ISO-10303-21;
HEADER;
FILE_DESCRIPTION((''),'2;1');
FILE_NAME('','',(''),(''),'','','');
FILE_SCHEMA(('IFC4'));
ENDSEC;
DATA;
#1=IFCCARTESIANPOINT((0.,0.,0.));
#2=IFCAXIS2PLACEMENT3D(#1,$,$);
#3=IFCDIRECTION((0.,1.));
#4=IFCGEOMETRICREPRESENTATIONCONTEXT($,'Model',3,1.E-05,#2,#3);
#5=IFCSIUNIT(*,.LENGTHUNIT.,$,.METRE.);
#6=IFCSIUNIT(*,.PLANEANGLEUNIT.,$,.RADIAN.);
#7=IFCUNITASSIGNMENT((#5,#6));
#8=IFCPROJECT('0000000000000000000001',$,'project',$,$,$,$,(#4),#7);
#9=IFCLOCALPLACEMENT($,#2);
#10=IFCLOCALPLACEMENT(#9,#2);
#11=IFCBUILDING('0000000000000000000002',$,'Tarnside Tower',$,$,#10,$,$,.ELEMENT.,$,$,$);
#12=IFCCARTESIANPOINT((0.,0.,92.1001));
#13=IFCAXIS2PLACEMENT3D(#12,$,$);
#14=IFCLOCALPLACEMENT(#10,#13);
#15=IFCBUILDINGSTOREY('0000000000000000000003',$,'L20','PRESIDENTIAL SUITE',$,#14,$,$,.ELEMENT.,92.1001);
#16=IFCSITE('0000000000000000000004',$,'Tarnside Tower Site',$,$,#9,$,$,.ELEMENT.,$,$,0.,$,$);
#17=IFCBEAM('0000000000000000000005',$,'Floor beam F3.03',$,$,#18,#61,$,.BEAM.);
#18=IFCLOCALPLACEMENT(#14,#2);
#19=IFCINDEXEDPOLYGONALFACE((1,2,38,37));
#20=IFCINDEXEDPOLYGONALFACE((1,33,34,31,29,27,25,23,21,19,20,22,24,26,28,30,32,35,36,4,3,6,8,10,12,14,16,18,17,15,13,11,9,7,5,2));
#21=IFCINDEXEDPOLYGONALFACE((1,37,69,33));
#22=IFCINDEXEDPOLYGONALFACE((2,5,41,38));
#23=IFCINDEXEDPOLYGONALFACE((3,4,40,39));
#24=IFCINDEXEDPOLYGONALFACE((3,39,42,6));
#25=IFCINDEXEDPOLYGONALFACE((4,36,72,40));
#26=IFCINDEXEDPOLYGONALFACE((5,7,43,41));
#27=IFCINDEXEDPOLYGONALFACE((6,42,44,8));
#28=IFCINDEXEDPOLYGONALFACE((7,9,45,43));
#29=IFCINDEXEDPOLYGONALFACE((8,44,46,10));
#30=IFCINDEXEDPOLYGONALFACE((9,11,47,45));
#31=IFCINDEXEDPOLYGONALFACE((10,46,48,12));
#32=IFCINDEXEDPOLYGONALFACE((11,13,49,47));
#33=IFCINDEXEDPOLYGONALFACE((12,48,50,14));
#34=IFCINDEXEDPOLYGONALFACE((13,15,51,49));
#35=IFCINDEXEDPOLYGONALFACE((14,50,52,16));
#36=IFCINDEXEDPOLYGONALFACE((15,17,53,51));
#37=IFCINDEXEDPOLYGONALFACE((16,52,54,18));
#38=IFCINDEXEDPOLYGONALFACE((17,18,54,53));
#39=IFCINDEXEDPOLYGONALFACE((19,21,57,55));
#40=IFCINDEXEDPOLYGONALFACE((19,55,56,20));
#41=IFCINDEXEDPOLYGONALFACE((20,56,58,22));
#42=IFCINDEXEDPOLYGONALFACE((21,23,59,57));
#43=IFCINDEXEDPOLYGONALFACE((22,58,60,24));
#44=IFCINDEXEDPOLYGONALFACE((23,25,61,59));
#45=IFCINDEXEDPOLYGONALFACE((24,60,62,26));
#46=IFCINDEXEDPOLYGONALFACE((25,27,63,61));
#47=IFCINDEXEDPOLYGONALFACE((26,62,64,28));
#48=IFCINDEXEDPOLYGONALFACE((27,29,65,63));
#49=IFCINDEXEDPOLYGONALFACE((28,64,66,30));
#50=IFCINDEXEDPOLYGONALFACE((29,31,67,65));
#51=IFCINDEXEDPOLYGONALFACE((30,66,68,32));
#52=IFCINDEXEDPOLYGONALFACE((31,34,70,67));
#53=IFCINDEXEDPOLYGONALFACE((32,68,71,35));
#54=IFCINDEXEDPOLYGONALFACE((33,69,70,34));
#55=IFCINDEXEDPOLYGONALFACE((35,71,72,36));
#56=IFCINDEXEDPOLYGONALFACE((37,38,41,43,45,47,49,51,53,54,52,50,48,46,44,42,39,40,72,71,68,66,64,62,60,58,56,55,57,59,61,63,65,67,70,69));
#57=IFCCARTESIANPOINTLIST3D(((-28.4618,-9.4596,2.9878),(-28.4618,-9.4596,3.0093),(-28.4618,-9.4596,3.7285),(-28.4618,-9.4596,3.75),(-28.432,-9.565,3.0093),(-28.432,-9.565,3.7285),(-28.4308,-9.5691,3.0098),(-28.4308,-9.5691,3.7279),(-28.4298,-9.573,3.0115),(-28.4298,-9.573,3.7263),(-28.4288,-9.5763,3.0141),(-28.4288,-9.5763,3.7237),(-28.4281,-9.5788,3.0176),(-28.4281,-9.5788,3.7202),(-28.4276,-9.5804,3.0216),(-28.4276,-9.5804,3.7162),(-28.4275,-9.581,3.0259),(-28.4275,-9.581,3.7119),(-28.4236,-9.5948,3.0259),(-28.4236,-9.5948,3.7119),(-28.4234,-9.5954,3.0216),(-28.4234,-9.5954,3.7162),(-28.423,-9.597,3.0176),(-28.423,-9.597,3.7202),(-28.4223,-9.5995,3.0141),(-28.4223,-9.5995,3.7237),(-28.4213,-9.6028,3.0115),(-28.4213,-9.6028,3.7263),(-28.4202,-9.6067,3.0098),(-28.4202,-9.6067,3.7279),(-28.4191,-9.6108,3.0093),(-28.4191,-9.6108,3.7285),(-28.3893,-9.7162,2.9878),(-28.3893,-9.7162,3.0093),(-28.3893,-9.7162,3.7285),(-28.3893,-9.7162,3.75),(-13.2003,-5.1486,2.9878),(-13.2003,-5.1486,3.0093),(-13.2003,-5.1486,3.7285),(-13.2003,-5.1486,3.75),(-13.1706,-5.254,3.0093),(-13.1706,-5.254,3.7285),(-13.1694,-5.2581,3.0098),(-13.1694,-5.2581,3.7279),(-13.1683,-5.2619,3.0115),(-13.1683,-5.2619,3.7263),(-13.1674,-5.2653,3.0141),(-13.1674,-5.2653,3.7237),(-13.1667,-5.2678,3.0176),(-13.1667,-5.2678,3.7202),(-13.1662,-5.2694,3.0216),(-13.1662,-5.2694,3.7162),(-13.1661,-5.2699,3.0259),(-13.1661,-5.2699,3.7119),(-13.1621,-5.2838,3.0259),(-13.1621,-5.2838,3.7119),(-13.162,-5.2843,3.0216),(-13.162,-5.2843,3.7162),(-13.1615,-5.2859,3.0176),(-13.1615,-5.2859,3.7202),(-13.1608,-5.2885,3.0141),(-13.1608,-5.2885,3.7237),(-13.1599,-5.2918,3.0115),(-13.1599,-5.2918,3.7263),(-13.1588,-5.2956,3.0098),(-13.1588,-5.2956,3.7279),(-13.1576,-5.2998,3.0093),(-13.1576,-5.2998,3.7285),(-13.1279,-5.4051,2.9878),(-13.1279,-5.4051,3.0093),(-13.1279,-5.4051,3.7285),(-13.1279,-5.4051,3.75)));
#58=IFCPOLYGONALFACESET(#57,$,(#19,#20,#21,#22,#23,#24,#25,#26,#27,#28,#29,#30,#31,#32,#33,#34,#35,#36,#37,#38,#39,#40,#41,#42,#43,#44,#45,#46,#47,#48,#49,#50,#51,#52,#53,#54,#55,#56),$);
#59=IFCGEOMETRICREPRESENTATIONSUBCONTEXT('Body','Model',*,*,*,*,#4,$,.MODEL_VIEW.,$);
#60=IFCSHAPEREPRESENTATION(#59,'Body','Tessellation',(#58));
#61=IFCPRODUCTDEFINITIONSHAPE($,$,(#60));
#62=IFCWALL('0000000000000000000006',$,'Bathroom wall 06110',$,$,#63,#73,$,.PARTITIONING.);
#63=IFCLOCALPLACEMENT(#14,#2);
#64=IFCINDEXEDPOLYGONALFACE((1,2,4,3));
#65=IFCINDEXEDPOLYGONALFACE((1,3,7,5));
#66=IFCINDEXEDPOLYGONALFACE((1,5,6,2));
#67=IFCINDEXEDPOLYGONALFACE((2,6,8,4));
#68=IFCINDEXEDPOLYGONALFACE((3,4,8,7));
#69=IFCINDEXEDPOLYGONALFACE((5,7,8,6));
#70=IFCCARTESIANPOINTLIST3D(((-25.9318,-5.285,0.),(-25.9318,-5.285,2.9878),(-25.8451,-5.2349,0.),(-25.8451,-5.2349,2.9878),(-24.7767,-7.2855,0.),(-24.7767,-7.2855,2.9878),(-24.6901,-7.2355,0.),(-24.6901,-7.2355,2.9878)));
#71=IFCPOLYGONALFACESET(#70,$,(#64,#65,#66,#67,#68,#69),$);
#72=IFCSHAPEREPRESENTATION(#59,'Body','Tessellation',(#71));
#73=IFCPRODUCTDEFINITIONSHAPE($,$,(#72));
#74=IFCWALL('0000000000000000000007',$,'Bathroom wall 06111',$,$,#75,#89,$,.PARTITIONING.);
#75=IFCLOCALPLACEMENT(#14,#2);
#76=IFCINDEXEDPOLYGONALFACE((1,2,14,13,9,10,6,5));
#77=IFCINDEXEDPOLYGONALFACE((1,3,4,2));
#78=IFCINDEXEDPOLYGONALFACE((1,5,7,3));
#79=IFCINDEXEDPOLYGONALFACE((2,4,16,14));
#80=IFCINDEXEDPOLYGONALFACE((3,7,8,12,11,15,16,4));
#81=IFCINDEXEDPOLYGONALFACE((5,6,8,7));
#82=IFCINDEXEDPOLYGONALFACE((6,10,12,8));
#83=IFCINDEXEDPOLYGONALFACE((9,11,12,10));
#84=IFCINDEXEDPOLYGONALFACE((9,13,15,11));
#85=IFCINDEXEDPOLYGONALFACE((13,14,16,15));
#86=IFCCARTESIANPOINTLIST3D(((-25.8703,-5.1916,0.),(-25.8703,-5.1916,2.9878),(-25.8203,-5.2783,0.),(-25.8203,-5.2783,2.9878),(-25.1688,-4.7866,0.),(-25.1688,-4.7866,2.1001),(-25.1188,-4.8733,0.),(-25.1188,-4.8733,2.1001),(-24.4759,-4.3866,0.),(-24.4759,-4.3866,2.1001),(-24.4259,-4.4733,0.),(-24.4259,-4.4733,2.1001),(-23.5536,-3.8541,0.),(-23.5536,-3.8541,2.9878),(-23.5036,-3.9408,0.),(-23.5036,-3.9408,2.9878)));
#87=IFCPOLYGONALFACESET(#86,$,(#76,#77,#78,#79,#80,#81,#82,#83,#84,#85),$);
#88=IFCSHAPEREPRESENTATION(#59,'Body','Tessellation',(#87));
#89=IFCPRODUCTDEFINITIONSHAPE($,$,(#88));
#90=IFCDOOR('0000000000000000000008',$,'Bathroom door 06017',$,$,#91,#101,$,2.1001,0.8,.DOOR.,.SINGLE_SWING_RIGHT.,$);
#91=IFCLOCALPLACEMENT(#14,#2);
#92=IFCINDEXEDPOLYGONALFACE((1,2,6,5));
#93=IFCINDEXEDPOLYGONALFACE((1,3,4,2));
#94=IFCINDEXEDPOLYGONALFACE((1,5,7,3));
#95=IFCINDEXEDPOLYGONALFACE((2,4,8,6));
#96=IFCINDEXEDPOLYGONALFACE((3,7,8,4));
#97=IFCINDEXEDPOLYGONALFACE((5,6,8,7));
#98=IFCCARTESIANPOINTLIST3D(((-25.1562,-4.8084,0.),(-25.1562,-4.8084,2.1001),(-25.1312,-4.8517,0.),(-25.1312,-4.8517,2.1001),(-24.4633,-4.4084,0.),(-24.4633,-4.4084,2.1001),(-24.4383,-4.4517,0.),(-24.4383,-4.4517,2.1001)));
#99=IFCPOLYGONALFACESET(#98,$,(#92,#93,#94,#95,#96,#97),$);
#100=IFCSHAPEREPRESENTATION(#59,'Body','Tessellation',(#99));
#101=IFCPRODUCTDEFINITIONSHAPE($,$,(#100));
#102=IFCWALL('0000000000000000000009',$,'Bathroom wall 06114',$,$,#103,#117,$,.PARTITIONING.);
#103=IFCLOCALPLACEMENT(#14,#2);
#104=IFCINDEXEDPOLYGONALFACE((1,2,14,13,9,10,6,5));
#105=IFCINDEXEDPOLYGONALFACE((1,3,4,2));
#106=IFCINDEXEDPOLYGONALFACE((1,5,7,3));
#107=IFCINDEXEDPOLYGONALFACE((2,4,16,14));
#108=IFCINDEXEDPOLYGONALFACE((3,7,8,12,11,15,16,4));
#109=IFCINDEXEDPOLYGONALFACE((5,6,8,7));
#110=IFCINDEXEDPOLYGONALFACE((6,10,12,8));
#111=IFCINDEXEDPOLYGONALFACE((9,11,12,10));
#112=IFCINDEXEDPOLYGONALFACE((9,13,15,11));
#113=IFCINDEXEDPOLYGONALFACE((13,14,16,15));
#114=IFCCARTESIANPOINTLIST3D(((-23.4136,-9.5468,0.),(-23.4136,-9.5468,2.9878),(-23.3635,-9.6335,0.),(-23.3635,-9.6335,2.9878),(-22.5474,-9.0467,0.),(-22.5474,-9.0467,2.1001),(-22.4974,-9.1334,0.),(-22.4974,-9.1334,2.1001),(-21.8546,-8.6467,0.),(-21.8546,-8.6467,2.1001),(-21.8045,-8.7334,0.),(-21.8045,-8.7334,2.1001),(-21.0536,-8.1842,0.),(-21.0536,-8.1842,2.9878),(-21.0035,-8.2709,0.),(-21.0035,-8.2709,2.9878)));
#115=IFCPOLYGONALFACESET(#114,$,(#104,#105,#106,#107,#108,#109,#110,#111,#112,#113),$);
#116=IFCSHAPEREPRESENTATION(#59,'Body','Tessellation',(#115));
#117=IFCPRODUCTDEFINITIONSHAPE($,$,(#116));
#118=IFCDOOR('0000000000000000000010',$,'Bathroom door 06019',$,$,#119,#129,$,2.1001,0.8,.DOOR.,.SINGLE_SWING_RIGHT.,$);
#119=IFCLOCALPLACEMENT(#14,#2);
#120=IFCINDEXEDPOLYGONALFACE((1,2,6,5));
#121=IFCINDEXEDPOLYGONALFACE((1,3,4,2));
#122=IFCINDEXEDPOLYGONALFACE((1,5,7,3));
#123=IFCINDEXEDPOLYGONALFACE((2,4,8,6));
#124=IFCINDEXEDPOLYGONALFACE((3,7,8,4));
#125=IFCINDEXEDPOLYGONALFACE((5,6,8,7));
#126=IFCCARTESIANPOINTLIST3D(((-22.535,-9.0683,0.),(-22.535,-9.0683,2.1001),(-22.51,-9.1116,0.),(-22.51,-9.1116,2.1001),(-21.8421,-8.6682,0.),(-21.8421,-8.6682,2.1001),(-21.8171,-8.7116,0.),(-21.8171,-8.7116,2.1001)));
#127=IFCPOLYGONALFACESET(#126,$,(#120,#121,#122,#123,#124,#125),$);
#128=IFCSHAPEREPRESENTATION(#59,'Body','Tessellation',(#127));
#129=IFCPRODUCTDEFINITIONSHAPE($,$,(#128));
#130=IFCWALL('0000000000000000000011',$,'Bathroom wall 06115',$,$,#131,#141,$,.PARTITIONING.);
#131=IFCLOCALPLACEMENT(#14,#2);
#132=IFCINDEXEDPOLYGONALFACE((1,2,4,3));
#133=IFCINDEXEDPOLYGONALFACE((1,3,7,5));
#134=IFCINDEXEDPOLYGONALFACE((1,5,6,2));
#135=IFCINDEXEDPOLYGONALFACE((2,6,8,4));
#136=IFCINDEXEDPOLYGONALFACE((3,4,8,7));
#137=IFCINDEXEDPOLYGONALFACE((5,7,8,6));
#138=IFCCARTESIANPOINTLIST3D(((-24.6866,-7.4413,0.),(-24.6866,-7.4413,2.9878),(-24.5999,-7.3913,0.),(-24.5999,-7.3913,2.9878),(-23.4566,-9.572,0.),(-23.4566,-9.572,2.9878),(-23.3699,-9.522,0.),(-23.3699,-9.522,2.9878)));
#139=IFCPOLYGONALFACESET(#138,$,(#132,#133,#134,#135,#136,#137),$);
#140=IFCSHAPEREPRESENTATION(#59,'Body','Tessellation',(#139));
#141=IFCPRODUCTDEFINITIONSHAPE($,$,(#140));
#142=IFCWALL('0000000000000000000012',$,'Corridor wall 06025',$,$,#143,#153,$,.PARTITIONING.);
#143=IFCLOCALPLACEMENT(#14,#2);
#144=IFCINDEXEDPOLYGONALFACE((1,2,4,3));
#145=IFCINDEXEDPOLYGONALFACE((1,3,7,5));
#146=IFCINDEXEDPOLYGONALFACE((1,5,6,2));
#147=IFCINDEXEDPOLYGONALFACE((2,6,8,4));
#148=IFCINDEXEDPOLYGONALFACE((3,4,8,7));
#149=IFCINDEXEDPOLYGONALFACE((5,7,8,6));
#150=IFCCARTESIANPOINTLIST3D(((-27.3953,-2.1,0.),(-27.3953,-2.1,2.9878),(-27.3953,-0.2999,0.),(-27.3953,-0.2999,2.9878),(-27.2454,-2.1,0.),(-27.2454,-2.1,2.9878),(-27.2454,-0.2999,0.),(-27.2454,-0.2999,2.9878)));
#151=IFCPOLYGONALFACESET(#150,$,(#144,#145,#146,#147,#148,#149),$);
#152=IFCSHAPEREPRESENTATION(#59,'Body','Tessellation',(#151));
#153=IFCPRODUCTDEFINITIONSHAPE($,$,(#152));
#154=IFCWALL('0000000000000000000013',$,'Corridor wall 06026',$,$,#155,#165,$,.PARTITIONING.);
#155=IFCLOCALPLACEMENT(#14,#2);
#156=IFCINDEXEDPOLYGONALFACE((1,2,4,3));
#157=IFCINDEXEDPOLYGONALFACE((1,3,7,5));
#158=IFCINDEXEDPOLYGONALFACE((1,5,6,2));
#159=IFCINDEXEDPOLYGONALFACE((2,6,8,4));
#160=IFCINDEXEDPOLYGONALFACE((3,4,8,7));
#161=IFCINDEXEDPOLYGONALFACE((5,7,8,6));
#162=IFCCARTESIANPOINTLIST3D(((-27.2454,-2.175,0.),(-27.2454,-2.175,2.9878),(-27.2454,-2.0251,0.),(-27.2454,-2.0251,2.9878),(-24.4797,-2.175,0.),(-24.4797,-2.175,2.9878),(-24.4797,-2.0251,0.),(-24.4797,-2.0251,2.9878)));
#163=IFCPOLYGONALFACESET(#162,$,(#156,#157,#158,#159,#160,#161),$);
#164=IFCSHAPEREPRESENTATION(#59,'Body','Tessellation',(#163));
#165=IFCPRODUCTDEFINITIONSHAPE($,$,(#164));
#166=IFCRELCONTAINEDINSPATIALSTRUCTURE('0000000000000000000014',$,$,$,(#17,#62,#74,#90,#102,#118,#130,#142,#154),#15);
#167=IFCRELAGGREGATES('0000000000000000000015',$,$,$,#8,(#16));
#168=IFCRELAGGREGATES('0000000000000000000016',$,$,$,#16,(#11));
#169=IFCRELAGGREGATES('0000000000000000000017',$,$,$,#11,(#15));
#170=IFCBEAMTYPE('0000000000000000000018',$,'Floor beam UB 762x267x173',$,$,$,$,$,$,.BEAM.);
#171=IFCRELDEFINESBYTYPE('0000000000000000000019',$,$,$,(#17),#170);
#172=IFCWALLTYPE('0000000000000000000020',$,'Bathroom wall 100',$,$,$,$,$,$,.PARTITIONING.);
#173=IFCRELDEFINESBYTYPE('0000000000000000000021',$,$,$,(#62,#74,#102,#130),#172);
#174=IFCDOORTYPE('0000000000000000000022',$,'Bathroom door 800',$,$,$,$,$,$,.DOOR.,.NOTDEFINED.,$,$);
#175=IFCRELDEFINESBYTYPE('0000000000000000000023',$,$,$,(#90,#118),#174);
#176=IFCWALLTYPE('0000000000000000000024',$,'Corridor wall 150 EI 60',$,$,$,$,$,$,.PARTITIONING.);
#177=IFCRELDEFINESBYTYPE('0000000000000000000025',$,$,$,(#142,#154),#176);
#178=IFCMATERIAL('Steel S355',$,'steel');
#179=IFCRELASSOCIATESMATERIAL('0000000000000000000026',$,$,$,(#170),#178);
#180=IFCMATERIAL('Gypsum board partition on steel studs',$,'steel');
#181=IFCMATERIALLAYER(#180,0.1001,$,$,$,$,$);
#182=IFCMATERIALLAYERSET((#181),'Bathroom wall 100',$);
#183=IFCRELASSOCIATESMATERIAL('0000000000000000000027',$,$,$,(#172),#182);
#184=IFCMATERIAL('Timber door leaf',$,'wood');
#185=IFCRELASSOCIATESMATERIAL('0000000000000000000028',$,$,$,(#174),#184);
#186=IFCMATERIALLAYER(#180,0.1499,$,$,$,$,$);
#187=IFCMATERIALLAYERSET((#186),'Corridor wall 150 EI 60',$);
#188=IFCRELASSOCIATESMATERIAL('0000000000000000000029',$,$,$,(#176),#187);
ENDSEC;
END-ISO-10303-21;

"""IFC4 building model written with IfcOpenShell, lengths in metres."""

from ifc_helpers import new_model, si_unit, direction, frame, frame_2d, origin, origin_2d, place, context, subcontext, project, spatial, rectangle, i_section, extrude, material, layer, layer_set, material_profile, profile_set, type_object, element, fill, save


model = new_model("IFC4")

# Units and contexts
model_context = context("Model", 3, precision=1e-05, world=origin(), true_north=direction((0.0, 1.0)))
body_context = subcontext(model_context, "Body", "Model", "MODEL_VIEW")
ifc_project = project(units=[si_unit("LENGTHUNIT", "METRE"), si_unit("PLANEANGLEUNIT", "RADIAN")], contexts=[model_context])

# Site, building, storey
site_placement = place(None, origin())
site = spatial("IfcSite", under=ifc_project, at=site_placement, Name="Tarnside Tower Site", CompositionType="ELEMENT", RefElevation=0.0)
building_placement = place(site_placement, origin())
building = spatial("IfcBuilding", under=site, at=building_placement, Name="Tarnside Tower", CompositionType="ELEMENT")
storey_placement = place(building_placement, frame((0.0, 0.0, 92.1001)))
storey = spatial("IfcBuildingStorey", under=building, at=storey_placement, Name="L20", Description="PRESIDENTIAL SUITE", CompositionType="ELEMENT", Elevation=92.1001)

# Beam
ifc_material_1 = material(Name="Steel S355", Category="steel")
ifc_material_profile = material_profile(ifc_material_1, i_section(OverallWidth=0.2666, OverallDepth=0.7622, WebThickness=0.0144, FlangeThickness=0.0215, FilletRadius=0.0166, at=origin_2d()), Name="UB 762x267x173")
ifc_profile_set = profile_set([ifc_material_profile], Name="Steel S355")
beam_type = type_object("IfcBeamType", Name="Floor beam UB 762x267x173", PredefinedType="BEAM", material=ifc_profile_set)
beam_placement = place(storey_placement, frame((-28.4255, -9.5879, 3.3689), z_axis=(0.962342, 0.271841, 0.0), x_axis=(-0.271841, 0.962342, 0.0)))
element("IfcBeam", 1, at=beam_placement, inside=storey, type_object=beam_type, Name="Floor beam F3.03", PredefinedType="BEAM", context=body_context, shape_type="SweptSolid", body=[
    extrude(i_section(OverallWidth=0.2666, OverallDepth=0.7622, WebThickness=0.0144, FlangeThickness=0.0215, FilletRadius=0.0166, at=origin_2d()), origin(), (0.0, 0.0, 1.0), 15.8586),
])

# Wall
ifc_material_2 = material(Name="Gypsum board partition on steel studs", Category="steel")
ifc_layer_1 = layer(ifc_material_2, 0.1001)
ifc_layer_set_1 = layer_set([ifc_layer_1], Name="Bathroom wall 100")
wall_type_1 = type_object("IfcWallType", Name="Bathroom wall 100", PredefinedType="PARTITIONING", material=ifc_layer_set_1)
wall_1_placement = place(storey_placement, frame((-24.7334, -7.2605, 0.0), z_axis=(0.0, 0.0, 1.0), x_axis=(-0.500015, 0.866017, 0.0)))
element("IfcWall", 2, at=wall_1_placement, inside=storey, type_object=wall_type_1, Name="Bathroom wall 06110", PredefinedType="PARTITIONING", context=body_context, shape_type="SweptSolid", body=[
    extrude(rectangle(XDim=2.3101, YDim=0.1001, at=frame_2d((1.155, 0.0))), origin(), (0.0, 0.0, 1.0), 2.9878),
])

# Walls, openings, doors
wall_2_placement = place(storey_placement, frame((-25.8452, -5.2349, 0.0), z_axis=(0.0, 0.0, 1.0), x_axis=(0.866044, 0.499967, 0.0)))
wall_2 = element("IfcWall", 3, at=wall_2_placement, inside=storey, type_object=wall_type_1, Name="Bathroom wall 06111", PredefinedType="PARTITIONING", context=body_context, shape_type="SweptSolid", body=[
    extrude(rectangle(XDim=2.675, YDim=0.1001, at=frame_2d((1.3374, 0.0))), origin(), (0.0, 0.0, 1.0), 2.9878),
])
opening_1_placement = place(wall_2_placement, frame((0.8101, 0.0, 0.0)))
opening_1 = element("IfcOpeningElement", 4, at=opening_1_placement, cuts=wall_2, PredefinedType="OPENING", context=body_context, shape_type="SweptSolid", body=[
    extrude(rectangle(XDim=0.8, YDim=2.1001, at=frame_2d((0.3999, 1.05))), frame((0.0, 0.0601, 0.0), z_axis=(0.0, -1.0, 0.0), x_axis=(1.0, 0.0, 0.0)), (0.0, 0.0, 1.0), 0.1201),
])
ifc_material_3 = material(Name="Timber door leaf", Category="wood")
door_type_1 = type_object("IfcDoorType", Name="Bathroom door 800", OperationType="NOTDEFINED", PredefinedType="DOOR", material=ifc_material_3)
door_1_placement = place(opening_1_placement, origin())
door_1 = element("IfcDoor", 5, at=door_1_placement, inside=storey, type_object=door_type_1, Name="Bathroom door 06017", OperationType="SINGLE_SWING_RIGHT", OverallHeight=2.1001, OverallWidth=0.8, PredefinedType="DOOR", context=body_context, shape_type="SweptSolid", body=[
    extrude(rectangle(XDim=0.8, YDim=2.1001, at=frame_2d((0.3999, 1.05))), frame((0.0, 0.0249, 0.0), z_axis=(0.0, -1.0, 0.0), x_axis=(1.0, 0.0, 0.0)), (0.0, 0.0, 1.0), 0.05),
])
fill(opening_1, door_1)
wall_3_placement = place(storey_placement, frame((-21.0286, -8.2275, 0.0), z_axis=(0.0, 0.0, 1.0), x_axis=(-0.866013, -0.500022, 0.0)))
wall_3 = element("IfcWall", 6, at=wall_3_placement, inside=storey, type_object=wall_type_1, Name="Bathroom wall 06114", PredefinedType="PARTITIONING", context=body_context, shape_type="SweptSolid", body=[
    extrude(rectangle(XDim=2.7251, YDim=0.1001, at=frame_2d((1.3625, 0.0))), origin(), (0.0, 0.0, 1.0), 2.9878),
])
opening_2_placement = place(wall_3_placement, frame((0.925, 0.0, 0.0)))
opening_2 = element("IfcOpeningElement", 7, at=opening_2_placement, cuts=wall_3, PredefinedType="OPENING", context=body_context, shape_type="SweptSolid", body=[
    extrude(rectangle(XDim=0.8, YDim=2.1001, at=frame_2d((0.3999, 1.05))), frame((0.0, 0.0601, 0.0), z_axis=(0.0, -1.0, 0.0), x_axis=(1.0, 0.0, 0.0)), (0.0, 0.0, 1.0), 0.1201),
])
door_2_placement = place(opening_2_placement, origin())
door_2 = element("IfcDoor", 8, at=door_2_placement, inside=storey, type_object=door_type_1, Name="Bathroom door 06019", OperationType="SINGLE_SWING_RIGHT", OverallHeight=2.1001, OverallWidth=0.8, PredefinedType="DOOR", context=body_context, shape_type="SweptSolid", body=[
    extrude(rectangle(XDim=0.8, YDim=2.1001, at=frame_2d((0.3999, 1.05))), frame((0.0, 0.0249, 0.0), z_axis=(0.0, -1.0, 0.0), x_axis=(1.0, 0.0, 0.0)), (0.0, 0.0, 1.0), 0.05),
])
fill(opening_2, door_2)

# Walls
wall_4_placement = place(storey_placement, frame((-23.4133, -9.5469, 0.0), z_axis=(0.0, 0.0, 1.0), x_axis=(-0.49996, 0.866048, 0.0)))
element("IfcWall", 9, at=wall_4_placement, inside=storey, type_object=wall_type_1, Name="Bathroom wall 06115", PredefinedType="PARTITIONING", context=body_context, shape_type="SweptSolid", body=[
    extrude(rectangle(XDim=2.4602, YDim=0.1001, at=frame_2d((1.23, 0.0))), origin(), (0.0, 0.0, 1.0), 2.9878),
])
ifc_layer_2 = layer(ifc_material_2, 0.1499)
ifc_layer_set_2 = layer_set([ifc_layer_2], Name="Corridor wall 150 EI 60")
wall_type_2 = type_object("IfcWallType", Name="Corridor wall 150 EI 60", PredefinedType="PARTITIONING", material=ifc_layer_set_2)
wall_5_placement = place(storey_placement, frame((-27.3203, -0.3, 0.0), z_axis=(0.0, 0.0, 1.0), x_axis=(0.0, -1.0, 0.0)))
element("IfcWall", 10, at=wall_5_placement, inside=storey, type_object=wall_type_2, Name="Corridor wall 06025", PredefinedType="PARTITIONING", context=body_context, shape_type="SweptSolid", body=[
    extrude(rectangle(XDim=1.8, YDim=0.1499, at=frame_2d((0.8999, 0.0))), origin(), (0.0, 0.0, 1.0), 2.9878),
])
wall_6_placement = place(storey_placement, frame((-27.2454, -2.1001, 0.0), z_axis=(0.0, 0.0, 1.0), x_axis=(1.0, 0.0, 0.0)))
element("IfcWall", 11, at=wall_6_placement, inside=storey, type_object=wall_type_2, Name="Corridor wall 06026", PredefinedType="PARTITIONING", context=body_context, shape_type="SweptSolid", body=[
    extrude(rectangle(XDim=2.7656, YDim=0.1499, at=frame_2d((1.3828, 0.0))), origin(), (0.0, 0.0, 1.0), 2.9878),
])

save(model, "model.ifc")
